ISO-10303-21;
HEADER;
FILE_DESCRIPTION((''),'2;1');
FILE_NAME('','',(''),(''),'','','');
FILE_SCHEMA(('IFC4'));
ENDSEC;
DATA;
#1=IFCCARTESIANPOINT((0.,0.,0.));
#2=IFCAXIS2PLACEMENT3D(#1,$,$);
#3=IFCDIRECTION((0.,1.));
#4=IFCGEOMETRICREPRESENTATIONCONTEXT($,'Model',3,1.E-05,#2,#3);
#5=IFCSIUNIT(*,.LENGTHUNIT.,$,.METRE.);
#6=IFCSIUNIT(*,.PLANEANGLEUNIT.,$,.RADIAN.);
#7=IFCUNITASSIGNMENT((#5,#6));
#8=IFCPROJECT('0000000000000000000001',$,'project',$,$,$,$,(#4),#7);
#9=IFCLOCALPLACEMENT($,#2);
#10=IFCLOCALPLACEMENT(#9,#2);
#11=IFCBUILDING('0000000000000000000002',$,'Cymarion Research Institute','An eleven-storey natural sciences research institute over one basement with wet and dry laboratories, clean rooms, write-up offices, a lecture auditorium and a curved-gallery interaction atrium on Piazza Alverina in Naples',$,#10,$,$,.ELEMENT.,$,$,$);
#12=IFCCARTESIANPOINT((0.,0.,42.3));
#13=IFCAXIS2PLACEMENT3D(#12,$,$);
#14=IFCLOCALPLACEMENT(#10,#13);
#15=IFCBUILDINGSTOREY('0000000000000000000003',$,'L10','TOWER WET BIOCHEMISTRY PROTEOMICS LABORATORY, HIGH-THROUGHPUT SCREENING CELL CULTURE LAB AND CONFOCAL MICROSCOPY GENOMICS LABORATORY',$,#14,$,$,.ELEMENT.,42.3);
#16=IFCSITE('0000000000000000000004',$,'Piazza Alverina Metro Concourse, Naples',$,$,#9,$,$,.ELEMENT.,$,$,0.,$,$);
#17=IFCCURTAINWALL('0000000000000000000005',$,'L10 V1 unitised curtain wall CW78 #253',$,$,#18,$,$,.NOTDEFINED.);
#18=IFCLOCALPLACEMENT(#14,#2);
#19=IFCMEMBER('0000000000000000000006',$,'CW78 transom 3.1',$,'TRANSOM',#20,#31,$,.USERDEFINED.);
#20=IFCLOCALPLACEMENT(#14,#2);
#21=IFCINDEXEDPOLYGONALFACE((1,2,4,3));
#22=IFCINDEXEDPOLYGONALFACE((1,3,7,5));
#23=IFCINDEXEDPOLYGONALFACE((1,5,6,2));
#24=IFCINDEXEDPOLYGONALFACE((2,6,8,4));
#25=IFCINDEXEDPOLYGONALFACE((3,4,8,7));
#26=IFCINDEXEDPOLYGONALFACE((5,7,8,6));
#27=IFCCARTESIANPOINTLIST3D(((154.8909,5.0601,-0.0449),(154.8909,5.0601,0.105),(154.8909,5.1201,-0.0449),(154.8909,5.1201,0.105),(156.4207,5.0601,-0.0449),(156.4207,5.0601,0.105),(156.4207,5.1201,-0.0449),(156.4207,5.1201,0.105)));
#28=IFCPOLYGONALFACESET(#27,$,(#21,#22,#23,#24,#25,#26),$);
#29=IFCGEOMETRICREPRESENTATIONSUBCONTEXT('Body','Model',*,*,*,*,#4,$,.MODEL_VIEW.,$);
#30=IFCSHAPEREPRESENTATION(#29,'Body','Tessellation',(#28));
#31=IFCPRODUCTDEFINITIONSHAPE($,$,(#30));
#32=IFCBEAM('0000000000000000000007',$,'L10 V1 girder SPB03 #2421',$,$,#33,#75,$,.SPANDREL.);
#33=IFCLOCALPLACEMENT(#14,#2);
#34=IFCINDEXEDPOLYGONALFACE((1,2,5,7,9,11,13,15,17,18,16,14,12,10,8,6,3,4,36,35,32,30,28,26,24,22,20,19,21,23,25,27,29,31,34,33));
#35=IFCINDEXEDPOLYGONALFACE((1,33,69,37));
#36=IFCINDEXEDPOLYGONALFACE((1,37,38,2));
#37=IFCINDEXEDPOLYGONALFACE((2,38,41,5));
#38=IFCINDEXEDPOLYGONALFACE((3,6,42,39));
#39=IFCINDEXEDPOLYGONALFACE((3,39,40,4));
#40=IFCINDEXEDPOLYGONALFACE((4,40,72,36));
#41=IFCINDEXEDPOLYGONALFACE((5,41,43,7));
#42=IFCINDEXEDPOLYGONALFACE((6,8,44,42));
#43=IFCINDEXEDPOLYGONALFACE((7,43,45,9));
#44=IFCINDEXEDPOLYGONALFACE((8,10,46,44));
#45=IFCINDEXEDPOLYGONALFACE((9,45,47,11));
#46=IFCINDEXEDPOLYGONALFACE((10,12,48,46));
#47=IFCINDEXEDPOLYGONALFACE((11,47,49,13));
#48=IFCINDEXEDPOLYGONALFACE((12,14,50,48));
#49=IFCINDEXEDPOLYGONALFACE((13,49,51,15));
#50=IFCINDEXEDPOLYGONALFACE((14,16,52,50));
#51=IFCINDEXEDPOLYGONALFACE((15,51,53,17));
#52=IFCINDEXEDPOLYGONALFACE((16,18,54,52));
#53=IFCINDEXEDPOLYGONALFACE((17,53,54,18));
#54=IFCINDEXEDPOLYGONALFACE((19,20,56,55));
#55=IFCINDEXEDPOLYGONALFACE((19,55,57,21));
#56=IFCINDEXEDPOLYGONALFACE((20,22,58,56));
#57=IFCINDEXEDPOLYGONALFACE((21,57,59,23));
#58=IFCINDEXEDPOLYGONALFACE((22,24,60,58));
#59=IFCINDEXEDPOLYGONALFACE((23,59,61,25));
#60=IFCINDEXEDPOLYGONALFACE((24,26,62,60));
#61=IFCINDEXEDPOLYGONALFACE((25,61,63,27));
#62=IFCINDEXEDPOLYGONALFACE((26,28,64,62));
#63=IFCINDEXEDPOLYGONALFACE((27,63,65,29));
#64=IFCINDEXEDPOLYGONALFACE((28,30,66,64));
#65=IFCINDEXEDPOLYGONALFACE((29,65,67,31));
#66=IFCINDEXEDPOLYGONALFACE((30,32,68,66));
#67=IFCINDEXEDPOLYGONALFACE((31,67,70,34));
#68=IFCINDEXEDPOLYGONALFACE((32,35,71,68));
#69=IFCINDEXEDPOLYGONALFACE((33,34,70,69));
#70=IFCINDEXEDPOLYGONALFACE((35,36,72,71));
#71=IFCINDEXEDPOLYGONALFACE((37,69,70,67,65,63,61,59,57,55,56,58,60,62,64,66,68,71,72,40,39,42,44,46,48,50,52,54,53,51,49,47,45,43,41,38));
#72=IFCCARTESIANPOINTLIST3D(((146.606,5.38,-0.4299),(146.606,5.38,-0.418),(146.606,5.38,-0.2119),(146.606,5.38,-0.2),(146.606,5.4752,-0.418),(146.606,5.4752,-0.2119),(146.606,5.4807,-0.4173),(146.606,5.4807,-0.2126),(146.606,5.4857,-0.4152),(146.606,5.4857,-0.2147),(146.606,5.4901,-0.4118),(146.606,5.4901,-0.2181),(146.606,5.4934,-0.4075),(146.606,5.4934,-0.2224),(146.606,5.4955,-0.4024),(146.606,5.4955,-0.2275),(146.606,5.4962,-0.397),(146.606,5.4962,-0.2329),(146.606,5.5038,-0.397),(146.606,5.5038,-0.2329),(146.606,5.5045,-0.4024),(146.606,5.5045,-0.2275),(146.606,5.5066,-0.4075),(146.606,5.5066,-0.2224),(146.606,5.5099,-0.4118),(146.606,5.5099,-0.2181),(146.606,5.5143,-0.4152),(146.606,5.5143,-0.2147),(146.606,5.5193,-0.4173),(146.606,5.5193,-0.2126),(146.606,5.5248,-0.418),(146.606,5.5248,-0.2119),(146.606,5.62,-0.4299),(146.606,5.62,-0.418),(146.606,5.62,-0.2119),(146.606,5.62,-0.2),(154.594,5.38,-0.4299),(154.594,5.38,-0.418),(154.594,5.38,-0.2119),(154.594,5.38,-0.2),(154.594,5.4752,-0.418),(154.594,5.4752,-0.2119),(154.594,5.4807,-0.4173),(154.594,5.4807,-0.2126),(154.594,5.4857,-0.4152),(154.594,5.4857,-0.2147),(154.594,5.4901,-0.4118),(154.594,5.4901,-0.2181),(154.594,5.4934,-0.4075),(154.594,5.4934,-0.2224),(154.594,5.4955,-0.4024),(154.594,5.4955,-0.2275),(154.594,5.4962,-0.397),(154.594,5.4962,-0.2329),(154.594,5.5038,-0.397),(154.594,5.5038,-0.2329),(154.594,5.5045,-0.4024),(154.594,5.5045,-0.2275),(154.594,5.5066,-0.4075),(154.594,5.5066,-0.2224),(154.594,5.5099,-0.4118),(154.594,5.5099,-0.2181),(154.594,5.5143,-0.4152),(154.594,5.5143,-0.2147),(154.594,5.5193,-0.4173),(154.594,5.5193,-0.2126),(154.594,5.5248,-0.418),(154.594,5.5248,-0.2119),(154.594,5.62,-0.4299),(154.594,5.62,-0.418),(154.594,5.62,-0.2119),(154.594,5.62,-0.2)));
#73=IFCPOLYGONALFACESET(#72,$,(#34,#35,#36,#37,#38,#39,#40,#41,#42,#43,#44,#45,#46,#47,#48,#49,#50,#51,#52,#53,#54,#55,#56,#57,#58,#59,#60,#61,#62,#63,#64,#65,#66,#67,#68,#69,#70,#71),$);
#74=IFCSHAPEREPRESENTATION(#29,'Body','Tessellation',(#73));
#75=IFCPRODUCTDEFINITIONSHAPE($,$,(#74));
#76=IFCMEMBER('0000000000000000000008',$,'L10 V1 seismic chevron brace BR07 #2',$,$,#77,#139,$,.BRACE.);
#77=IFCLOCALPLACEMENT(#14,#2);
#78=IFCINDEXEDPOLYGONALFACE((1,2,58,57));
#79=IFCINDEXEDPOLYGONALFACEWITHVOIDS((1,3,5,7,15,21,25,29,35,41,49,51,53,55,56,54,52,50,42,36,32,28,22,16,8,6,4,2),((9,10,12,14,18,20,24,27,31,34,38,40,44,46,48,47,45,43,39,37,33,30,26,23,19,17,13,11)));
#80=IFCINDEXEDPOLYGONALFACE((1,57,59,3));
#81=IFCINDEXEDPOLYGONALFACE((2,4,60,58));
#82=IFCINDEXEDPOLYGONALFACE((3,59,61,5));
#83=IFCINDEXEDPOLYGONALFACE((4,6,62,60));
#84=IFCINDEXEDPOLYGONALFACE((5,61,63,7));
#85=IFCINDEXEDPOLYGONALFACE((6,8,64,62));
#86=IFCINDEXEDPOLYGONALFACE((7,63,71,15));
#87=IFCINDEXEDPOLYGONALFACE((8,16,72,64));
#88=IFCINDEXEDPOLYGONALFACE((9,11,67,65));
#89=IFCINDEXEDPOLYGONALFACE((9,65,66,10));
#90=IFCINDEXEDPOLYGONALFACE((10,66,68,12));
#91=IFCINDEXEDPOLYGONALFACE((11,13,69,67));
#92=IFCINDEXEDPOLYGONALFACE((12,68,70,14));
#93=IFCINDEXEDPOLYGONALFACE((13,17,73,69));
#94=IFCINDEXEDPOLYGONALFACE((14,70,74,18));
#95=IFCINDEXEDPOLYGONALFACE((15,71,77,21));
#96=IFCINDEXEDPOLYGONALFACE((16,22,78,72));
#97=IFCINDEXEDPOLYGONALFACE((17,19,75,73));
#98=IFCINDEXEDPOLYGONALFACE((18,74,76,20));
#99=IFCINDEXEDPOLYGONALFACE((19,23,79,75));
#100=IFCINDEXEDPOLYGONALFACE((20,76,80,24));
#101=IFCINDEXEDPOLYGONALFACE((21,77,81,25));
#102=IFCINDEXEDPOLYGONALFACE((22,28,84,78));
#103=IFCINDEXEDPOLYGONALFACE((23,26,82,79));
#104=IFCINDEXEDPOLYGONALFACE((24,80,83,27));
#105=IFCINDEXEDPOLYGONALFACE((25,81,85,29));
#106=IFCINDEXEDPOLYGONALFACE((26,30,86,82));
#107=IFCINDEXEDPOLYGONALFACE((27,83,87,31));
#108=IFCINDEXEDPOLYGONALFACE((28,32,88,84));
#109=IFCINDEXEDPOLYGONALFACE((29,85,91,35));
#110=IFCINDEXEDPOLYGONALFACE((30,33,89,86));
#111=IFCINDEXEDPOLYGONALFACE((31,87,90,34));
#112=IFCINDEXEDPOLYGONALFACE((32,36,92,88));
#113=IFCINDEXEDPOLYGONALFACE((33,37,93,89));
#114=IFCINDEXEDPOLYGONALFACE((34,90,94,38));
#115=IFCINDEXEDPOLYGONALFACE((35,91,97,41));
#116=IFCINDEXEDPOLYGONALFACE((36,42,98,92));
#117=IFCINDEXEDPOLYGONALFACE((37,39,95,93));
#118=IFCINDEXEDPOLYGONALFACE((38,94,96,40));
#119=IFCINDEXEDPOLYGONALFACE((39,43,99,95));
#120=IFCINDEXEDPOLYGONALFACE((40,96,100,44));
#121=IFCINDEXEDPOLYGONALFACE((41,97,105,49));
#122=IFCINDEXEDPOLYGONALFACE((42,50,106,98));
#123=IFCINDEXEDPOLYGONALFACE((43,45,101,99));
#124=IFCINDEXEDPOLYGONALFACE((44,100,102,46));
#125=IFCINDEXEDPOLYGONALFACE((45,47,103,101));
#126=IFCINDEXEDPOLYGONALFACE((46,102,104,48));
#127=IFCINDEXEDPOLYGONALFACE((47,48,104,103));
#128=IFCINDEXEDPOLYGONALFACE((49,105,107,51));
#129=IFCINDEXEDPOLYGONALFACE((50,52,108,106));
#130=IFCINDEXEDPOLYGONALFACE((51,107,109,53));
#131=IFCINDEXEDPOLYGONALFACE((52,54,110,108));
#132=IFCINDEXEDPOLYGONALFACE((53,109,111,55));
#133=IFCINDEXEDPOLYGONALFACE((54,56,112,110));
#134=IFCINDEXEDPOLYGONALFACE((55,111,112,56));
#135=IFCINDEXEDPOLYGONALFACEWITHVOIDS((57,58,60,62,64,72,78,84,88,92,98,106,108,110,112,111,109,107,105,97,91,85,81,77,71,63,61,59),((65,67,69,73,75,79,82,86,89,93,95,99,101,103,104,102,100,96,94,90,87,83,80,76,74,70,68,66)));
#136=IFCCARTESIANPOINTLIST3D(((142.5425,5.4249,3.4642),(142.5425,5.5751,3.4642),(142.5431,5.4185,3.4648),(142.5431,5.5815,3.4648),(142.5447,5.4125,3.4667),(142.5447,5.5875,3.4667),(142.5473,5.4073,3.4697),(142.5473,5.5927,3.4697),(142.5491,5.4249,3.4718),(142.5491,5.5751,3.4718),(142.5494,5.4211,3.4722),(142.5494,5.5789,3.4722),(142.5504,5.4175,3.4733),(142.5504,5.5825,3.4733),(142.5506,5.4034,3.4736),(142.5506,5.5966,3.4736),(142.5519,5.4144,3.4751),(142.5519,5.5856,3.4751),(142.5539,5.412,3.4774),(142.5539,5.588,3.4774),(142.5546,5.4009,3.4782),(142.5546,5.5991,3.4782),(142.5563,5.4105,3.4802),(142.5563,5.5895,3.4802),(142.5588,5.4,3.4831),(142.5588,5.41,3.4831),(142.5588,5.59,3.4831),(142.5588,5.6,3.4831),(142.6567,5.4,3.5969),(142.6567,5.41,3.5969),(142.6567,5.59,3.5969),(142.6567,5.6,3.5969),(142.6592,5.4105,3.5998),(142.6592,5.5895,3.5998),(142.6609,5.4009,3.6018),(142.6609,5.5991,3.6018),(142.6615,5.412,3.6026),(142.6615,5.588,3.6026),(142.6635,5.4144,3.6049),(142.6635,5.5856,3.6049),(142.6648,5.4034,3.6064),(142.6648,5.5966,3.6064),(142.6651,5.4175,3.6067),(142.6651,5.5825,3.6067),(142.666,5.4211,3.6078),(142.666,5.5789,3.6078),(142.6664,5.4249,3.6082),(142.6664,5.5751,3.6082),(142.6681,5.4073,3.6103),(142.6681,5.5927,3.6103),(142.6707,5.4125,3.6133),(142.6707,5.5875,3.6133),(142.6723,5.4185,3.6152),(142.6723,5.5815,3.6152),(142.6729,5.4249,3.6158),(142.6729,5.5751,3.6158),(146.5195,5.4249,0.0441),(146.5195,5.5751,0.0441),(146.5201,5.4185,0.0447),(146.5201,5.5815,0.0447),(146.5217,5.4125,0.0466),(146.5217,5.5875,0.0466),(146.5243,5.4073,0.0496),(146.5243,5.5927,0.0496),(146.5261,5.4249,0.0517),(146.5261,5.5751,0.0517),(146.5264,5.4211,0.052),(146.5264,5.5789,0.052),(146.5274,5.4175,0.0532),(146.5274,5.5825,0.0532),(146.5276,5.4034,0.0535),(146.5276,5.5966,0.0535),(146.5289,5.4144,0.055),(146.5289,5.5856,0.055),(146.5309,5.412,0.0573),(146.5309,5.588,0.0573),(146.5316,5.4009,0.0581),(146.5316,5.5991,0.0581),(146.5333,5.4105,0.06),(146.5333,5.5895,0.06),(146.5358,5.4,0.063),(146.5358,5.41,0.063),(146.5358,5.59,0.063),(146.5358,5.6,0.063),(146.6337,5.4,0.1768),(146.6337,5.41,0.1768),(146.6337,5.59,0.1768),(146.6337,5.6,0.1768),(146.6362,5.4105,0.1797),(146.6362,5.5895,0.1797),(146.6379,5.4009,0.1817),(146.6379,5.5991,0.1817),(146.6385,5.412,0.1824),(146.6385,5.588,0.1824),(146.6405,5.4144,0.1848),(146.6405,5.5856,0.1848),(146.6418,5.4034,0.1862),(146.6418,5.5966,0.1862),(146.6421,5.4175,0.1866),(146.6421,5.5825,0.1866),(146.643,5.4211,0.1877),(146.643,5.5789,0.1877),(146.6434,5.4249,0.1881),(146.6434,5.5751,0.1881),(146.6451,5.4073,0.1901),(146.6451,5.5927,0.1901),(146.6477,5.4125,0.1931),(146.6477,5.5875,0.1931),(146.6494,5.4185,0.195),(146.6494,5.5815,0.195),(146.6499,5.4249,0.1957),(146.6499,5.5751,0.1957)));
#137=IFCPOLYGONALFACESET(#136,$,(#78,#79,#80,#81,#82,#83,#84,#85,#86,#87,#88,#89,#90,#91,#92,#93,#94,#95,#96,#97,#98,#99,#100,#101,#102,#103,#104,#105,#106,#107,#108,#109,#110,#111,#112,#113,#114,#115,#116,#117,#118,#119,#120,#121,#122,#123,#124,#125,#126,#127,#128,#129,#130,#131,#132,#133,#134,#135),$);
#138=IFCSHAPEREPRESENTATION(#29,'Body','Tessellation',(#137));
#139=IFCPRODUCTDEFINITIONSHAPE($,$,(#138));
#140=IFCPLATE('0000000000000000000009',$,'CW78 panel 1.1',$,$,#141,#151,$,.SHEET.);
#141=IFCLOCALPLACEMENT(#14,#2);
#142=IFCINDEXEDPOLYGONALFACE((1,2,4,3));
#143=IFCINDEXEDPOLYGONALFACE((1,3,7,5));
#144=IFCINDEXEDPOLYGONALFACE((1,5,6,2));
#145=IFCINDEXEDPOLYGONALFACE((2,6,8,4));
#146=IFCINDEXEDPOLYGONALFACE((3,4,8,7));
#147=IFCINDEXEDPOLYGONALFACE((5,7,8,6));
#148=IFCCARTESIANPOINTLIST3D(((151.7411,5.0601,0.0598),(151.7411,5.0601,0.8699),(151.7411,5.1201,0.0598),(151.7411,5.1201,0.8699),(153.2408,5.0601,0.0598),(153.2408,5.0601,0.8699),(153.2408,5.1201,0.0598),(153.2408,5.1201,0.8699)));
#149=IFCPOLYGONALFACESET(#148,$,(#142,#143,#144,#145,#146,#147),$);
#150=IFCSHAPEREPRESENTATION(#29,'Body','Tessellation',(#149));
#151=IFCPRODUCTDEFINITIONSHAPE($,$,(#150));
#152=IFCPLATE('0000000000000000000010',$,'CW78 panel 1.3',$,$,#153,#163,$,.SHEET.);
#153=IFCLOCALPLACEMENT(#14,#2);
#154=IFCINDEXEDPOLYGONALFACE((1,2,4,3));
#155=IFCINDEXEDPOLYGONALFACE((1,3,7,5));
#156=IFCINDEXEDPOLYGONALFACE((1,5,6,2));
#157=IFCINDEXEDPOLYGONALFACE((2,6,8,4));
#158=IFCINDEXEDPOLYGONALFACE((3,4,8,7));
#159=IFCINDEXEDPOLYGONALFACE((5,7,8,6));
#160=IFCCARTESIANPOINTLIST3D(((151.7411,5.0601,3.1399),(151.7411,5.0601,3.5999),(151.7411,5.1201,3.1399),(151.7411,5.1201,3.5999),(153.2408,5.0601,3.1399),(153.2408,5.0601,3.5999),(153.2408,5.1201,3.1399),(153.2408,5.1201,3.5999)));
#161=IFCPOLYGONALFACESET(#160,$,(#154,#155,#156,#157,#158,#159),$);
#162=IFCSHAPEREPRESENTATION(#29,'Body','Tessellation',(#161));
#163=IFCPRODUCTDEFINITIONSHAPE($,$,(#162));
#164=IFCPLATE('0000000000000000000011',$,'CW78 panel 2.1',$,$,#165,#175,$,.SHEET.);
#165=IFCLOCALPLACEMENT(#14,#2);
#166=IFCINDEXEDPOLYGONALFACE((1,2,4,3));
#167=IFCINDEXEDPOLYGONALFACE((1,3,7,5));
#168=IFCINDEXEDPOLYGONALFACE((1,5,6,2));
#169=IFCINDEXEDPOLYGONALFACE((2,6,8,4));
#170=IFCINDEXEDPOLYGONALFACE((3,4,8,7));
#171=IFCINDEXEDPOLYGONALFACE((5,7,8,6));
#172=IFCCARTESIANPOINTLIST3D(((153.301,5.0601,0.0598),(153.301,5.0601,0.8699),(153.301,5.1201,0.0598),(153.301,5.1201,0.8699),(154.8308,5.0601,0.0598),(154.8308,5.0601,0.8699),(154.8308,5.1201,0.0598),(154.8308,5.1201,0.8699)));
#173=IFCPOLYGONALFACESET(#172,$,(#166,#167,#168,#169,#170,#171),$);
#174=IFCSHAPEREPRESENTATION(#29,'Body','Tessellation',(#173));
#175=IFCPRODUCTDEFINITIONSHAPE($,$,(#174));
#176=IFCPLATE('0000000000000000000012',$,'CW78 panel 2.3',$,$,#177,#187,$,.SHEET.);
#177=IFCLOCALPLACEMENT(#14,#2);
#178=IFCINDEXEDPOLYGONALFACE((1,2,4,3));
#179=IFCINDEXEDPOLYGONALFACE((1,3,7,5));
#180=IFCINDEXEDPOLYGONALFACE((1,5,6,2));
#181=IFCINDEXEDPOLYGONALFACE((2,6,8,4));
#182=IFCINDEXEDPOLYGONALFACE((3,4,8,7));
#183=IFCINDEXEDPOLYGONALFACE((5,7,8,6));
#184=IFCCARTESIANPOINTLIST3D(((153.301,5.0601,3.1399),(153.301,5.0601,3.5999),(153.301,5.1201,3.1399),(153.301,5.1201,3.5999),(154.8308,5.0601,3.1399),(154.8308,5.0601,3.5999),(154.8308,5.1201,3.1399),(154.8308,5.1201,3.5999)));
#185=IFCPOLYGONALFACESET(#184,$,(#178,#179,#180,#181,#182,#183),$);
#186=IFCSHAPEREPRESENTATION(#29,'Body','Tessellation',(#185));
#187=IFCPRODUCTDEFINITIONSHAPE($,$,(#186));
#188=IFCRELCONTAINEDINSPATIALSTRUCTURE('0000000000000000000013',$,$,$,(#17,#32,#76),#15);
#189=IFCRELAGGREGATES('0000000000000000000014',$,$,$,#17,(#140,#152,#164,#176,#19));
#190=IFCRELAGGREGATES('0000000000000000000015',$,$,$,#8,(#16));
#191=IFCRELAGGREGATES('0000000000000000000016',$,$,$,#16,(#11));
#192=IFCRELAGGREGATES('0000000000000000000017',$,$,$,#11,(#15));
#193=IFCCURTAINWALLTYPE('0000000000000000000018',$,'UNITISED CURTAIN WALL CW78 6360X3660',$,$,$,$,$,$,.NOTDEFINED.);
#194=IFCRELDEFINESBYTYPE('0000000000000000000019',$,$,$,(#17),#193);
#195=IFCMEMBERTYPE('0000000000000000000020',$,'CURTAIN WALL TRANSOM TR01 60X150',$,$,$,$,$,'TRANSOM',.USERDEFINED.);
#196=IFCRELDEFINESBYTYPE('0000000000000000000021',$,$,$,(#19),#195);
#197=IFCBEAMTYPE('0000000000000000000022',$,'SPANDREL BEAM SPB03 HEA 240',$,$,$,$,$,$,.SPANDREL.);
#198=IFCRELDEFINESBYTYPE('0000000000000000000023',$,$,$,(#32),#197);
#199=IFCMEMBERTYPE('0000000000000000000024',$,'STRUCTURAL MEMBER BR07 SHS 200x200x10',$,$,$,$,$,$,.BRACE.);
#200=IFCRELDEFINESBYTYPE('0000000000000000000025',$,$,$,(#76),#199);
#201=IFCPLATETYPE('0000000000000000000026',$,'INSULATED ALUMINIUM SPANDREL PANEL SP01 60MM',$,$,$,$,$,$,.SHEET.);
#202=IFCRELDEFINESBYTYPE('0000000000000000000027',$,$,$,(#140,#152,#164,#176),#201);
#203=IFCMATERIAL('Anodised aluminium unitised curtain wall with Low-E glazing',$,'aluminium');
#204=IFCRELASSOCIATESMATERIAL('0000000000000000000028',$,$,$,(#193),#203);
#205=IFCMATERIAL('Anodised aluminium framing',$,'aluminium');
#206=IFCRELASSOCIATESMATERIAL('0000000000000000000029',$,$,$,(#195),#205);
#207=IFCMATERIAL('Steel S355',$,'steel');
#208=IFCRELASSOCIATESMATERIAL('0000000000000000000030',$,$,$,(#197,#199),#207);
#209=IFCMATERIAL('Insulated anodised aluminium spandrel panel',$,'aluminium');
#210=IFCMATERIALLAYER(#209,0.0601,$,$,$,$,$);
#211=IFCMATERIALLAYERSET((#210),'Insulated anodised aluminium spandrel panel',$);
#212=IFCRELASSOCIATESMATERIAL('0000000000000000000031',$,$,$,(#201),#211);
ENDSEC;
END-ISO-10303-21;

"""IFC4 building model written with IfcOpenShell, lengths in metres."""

from ifc_helpers import new_model, si_unit, direction, frame, origin, origin_2d, place, context, subcontext, project, spatial, rectangle, hollow_rectangle, i_section, extrude, material, layer, layer_set, material_profile, profile_set, type_object, element, aggregate, save


model = new_model("IFC4")

# Units and contexts
model_context = context("Model", 3, precision=1e-05, world=origin(), true_north=direction((0.0, 1.0)))
body_context = subcontext(model_context, "Body", "Model", "MODEL_VIEW")
ifc_project = project(units=[si_unit("LENGTHUNIT", "METRE"), si_unit("PLANEANGLEUNIT", "RADIAN")], contexts=[model_context])

# Site, building, storey
site_placement = place(None, origin())
site = spatial("IfcSite", under=ifc_project, at=site_placement, Name="Piazza Alverina Metro Concourse, Naples", CompositionType="ELEMENT", RefElevation=0.0)
building_placement = place(site_placement, origin())
building = spatial("IfcBuilding", under=site, at=building_placement, Name="Cymarion Research Institute", Description="An eleven-storey natural sciences research institute over one basement with wet and dry laboratories, clean rooms, write-up offices, a lecture auditorium and a curved-gallery interaction atrium on Piazza Alverina in Naples", CompositionType="ELEMENT")
storey_placement = place(building_placement, frame((0.0, 0.0, 42.3)))
storey = spatial("IfcBuildingStorey", under=building, at=storey_placement, Name="L10", Description="TOWER WET BIOCHEMISTRY PROTEOMICS LABORATORY, HIGH-THROUGHPUT SCREENING CELL CULTURE LAB AND CONFOCAL MICROSCOPY GENOMICS LABORATORY", CompositionType="ELEMENT", Elevation=42.3)

# Shared definitions
ifc_material_1 = material(Name="Steel S355", Category="steel")

# Curtain wall, member
ifc_material_2 = material(Name="Anodised aluminium unitised curtain wall with Low-E glazing", Category="aluminium")
curtain_wall_type = type_object("IfcCurtainWallType", Name="UNITISED CURTAIN WALL CW78 6360X3660", PredefinedType="NOTDEFINED", material=ifc_material_2)
curtain_wall_placement = place(storey_placement, origin())
curtain_wall = element("IfcCurtainWall", 1, at=curtain_wall_placement, inside=storey, type_object=curtain_wall_type, Name="L10 V1 unitised curtain wall CW78 #253", PredefinedType="NOTDEFINED")
ifc_material_3 = material(Name="Anodised aluminium framing", Category="aluminium")
ifc_material_profile_1 = material_profile(ifc_material_3, rectangle(XDim=0.0601, YDim=0.1499, at=origin_2d()), Name="ALU TRANSOM 60x150")
ifc_profile_set_1 = profile_set([ifc_material_profile_1], Name="Anodised aluminium framing")
member_type_1 = type_object("IfcMemberType", Name="CURTAIN WALL TRANSOM TR01 60X150", ElementType="TRANSOM", PredefinedType="USERDEFINED", material=ifc_profile_set_1)
member_1_placement = place(storey_placement, frame((154.8909, 5.0901, 0.03), z_axis=(1.0, 0.0, 0.0), x_axis=(0.0, 1.0, 0.0)))
member_1 = element("IfcMember", 2, at=member_1_placement, type_object=member_type_1, Name="CW78 transom 3.1", ObjectType="TRANSOM", PredefinedType="USERDEFINED", context=body_context, shape_type="SweptSolid", body=[
    extrude(rectangle(XDim=0.0601, YDim=0.1499, at=origin_2d()), origin(), (0.0, 0.0, 1.0), 1.5298),
])

# Beam
ifc_material_profile_2 = material_profile(ifc_material_1, i_section(OverallWidth=0.24, OverallDepth=0.23, WebThickness=0.0076, FlangeThickness=0.012, FilletRadius=0.021, at=origin_2d()), Name="HEA 240")
ifc_profile_set_2 = profile_set([ifc_material_profile_2], Name="Steel S355")
beam_type = type_object("IfcBeamType", Name="SPANDREL BEAM SPB03 HEA 240", PredefinedType="SPANDREL", material=ifc_profile_set_2)
beam_placement = place(storey_placement, frame((146.606, 5.5, -0.3149), z_axis=(1.0, 0.0, 0.0), x_axis=(0.0, 1.0, 0.0)))
element("IfcBeam", 3, at=beam_placement, inside=storey, type_object=beam_type, Name="L10 V1 girder SPB03 #2421", PredefinedType="SPANDREL", context=body_context, shape_type="SweptSolid", body=[
    extrude(i_section(OverallWidth=0.24, OverallDepth=0.23, WebThickness=0.0076, FlangeThickness=0.012, FilletRadius=0.021, at=origin_2d()), origin(), (0.0, 0.0, 1.0), 7.988),
])

# Member
ifc_material_profile_3 = material_profile(ifc_material_1, hollow_rectangle(XDim=0.2, YDim=0.2, WallThickness=0.01, InnerFilletRadius=0.0149, OuterFilletRadius=0.0249, at=origin_2d()), Name="SHS 200x200x10")
ifc_profile_set_3 = profile_set([ifc_material_profile_3], Name="Steel S355")
member_type_2 = type_object("IfcMemberType", Name="STRUCTURAL MEMBER BR07 SHS 200x200x10", PredefinedType="BRACE", material=ifc_profile_set_3)
member_2_placement = place(storey_placement, frame((146.5847, 5.5, 0.1199), z_axis=(-0.758194, 0.0, 0.652029), x_axis=(0.0, -1.0, 0.0)))
element("IfcMember", 4, at=member_2_placement, inside=storey, type_object=member_type_2, Name="L10 V1 seismic chevron brace BR07 #2", PredefinedType="BRACE", context=body_context, shape_type="SweptSolid", body=[
    extrude(hollow_rectangle(XDim=0.2, YDim=0.2, WallThickness=0.01, InnerFilletRadius=0.0149, OuterFilletRadius=0.0249, at=origin_2d()), origin(), (0.0, 0.0, 1.0), 5.2454),
])

# Plates
ifc_material_4 = material(Name="Insulated anodised aluminium spandrel panel", Category="aluminium")
ifc_layer_1 = layer(ifc_material_4, 0.0601)
ifc_layer_set_1 = layer_set([ifc_layer_1], Name="Insulated anodised aluminium spandrel panel")
plate_type_1 = type_object("IfcPlateType", Name="INSULATED ALUMINIUM SPANDREL PANEL SP01 60MM", PredefinedType="SHEET", material=ifc_layer_set_1)
plate_1_placement = place(storey_placement, frame((152.491, 5.0901, 0.0598), z_axis=(0.0, 0.0, 1.0), x_axis=(1.0, 0.0, 0.0)))
plate_1 = element("IfcPlate", 5, at=plate_1_placement, type_object=plate_type_1, Name="CW78 panel 1.1", PredefinedType="SHEET", context=body_context, shape_type="SweptSolid", body=[
    extrude(rectangle(XDim=1.4998, YDim=0.0601, at=origin_2d()), origin(), (0.0, 0.0, 1.0), 0.8101),
])
plate_2_placement = place(storey_placement, frame((152.491, 5.0901, 3.1399), z_axis=(0.0, 0.0, 1.0), x_axis=(1.0, 0.0, 0.0)))
plate_2 = element("IfcPlate", 6, at=plate_2_placement, type_object=plate_type_1, Name="CW78 panel 1.3", PredefinedType="SHEET", context=body_context, shape_type="SweptSolid", body=[
    extrude(rectangle(XDim=1.4998, YDim=0.0601, at=origin_2d()), origin(), (0.0, 0.0, 1.0), 0.46),
])
plate_3_placement = place(storey_placement, frame((154.0659, 5.0901, 0.0598), z_axis=(0.0, 0.0, 1.0), x_axis=(1.0, 0.0, 0.0)))
plate_3 = element("IfcPlate", 7, at=plate_3_placement, type_object=plate_type_1, Name="CW78 panel 2.1", PredefinedType="SHEET", context=body_context, shape_type="SweptSolid", body=[
    extrude(rectangle(XDim=1.5298, YDim=0.0601, at=origin_2d()), origin(), (0.0, 0.0, 1.0), 0.8101),
])
plate_4_placement = place(storey_placement, frame((154.0659, 5.0901, 3.1399), z_axis=(0.0, 0.0, 1.0), x_axis=(1.0, 0.0, 0.0)))
plate_4 = element("IfcPlate", 8, at=plate_4_placement, type_object=plate_type_1, Name="CW78 panel 2.3", PredefinedType="SHEET", context=body_context, shape_type="SweptSolid", body=[
    extrude(rectangle(XDim=1.5298, YDim=0.0601, at=origin_2d()), origin(), (0.0, 0.0, 1.0), 0.46),
])
aggregate(curtain_wall, [plate_1, plate_2, plate_3, plate_4, member_1])

save(model, "model.ifc")
